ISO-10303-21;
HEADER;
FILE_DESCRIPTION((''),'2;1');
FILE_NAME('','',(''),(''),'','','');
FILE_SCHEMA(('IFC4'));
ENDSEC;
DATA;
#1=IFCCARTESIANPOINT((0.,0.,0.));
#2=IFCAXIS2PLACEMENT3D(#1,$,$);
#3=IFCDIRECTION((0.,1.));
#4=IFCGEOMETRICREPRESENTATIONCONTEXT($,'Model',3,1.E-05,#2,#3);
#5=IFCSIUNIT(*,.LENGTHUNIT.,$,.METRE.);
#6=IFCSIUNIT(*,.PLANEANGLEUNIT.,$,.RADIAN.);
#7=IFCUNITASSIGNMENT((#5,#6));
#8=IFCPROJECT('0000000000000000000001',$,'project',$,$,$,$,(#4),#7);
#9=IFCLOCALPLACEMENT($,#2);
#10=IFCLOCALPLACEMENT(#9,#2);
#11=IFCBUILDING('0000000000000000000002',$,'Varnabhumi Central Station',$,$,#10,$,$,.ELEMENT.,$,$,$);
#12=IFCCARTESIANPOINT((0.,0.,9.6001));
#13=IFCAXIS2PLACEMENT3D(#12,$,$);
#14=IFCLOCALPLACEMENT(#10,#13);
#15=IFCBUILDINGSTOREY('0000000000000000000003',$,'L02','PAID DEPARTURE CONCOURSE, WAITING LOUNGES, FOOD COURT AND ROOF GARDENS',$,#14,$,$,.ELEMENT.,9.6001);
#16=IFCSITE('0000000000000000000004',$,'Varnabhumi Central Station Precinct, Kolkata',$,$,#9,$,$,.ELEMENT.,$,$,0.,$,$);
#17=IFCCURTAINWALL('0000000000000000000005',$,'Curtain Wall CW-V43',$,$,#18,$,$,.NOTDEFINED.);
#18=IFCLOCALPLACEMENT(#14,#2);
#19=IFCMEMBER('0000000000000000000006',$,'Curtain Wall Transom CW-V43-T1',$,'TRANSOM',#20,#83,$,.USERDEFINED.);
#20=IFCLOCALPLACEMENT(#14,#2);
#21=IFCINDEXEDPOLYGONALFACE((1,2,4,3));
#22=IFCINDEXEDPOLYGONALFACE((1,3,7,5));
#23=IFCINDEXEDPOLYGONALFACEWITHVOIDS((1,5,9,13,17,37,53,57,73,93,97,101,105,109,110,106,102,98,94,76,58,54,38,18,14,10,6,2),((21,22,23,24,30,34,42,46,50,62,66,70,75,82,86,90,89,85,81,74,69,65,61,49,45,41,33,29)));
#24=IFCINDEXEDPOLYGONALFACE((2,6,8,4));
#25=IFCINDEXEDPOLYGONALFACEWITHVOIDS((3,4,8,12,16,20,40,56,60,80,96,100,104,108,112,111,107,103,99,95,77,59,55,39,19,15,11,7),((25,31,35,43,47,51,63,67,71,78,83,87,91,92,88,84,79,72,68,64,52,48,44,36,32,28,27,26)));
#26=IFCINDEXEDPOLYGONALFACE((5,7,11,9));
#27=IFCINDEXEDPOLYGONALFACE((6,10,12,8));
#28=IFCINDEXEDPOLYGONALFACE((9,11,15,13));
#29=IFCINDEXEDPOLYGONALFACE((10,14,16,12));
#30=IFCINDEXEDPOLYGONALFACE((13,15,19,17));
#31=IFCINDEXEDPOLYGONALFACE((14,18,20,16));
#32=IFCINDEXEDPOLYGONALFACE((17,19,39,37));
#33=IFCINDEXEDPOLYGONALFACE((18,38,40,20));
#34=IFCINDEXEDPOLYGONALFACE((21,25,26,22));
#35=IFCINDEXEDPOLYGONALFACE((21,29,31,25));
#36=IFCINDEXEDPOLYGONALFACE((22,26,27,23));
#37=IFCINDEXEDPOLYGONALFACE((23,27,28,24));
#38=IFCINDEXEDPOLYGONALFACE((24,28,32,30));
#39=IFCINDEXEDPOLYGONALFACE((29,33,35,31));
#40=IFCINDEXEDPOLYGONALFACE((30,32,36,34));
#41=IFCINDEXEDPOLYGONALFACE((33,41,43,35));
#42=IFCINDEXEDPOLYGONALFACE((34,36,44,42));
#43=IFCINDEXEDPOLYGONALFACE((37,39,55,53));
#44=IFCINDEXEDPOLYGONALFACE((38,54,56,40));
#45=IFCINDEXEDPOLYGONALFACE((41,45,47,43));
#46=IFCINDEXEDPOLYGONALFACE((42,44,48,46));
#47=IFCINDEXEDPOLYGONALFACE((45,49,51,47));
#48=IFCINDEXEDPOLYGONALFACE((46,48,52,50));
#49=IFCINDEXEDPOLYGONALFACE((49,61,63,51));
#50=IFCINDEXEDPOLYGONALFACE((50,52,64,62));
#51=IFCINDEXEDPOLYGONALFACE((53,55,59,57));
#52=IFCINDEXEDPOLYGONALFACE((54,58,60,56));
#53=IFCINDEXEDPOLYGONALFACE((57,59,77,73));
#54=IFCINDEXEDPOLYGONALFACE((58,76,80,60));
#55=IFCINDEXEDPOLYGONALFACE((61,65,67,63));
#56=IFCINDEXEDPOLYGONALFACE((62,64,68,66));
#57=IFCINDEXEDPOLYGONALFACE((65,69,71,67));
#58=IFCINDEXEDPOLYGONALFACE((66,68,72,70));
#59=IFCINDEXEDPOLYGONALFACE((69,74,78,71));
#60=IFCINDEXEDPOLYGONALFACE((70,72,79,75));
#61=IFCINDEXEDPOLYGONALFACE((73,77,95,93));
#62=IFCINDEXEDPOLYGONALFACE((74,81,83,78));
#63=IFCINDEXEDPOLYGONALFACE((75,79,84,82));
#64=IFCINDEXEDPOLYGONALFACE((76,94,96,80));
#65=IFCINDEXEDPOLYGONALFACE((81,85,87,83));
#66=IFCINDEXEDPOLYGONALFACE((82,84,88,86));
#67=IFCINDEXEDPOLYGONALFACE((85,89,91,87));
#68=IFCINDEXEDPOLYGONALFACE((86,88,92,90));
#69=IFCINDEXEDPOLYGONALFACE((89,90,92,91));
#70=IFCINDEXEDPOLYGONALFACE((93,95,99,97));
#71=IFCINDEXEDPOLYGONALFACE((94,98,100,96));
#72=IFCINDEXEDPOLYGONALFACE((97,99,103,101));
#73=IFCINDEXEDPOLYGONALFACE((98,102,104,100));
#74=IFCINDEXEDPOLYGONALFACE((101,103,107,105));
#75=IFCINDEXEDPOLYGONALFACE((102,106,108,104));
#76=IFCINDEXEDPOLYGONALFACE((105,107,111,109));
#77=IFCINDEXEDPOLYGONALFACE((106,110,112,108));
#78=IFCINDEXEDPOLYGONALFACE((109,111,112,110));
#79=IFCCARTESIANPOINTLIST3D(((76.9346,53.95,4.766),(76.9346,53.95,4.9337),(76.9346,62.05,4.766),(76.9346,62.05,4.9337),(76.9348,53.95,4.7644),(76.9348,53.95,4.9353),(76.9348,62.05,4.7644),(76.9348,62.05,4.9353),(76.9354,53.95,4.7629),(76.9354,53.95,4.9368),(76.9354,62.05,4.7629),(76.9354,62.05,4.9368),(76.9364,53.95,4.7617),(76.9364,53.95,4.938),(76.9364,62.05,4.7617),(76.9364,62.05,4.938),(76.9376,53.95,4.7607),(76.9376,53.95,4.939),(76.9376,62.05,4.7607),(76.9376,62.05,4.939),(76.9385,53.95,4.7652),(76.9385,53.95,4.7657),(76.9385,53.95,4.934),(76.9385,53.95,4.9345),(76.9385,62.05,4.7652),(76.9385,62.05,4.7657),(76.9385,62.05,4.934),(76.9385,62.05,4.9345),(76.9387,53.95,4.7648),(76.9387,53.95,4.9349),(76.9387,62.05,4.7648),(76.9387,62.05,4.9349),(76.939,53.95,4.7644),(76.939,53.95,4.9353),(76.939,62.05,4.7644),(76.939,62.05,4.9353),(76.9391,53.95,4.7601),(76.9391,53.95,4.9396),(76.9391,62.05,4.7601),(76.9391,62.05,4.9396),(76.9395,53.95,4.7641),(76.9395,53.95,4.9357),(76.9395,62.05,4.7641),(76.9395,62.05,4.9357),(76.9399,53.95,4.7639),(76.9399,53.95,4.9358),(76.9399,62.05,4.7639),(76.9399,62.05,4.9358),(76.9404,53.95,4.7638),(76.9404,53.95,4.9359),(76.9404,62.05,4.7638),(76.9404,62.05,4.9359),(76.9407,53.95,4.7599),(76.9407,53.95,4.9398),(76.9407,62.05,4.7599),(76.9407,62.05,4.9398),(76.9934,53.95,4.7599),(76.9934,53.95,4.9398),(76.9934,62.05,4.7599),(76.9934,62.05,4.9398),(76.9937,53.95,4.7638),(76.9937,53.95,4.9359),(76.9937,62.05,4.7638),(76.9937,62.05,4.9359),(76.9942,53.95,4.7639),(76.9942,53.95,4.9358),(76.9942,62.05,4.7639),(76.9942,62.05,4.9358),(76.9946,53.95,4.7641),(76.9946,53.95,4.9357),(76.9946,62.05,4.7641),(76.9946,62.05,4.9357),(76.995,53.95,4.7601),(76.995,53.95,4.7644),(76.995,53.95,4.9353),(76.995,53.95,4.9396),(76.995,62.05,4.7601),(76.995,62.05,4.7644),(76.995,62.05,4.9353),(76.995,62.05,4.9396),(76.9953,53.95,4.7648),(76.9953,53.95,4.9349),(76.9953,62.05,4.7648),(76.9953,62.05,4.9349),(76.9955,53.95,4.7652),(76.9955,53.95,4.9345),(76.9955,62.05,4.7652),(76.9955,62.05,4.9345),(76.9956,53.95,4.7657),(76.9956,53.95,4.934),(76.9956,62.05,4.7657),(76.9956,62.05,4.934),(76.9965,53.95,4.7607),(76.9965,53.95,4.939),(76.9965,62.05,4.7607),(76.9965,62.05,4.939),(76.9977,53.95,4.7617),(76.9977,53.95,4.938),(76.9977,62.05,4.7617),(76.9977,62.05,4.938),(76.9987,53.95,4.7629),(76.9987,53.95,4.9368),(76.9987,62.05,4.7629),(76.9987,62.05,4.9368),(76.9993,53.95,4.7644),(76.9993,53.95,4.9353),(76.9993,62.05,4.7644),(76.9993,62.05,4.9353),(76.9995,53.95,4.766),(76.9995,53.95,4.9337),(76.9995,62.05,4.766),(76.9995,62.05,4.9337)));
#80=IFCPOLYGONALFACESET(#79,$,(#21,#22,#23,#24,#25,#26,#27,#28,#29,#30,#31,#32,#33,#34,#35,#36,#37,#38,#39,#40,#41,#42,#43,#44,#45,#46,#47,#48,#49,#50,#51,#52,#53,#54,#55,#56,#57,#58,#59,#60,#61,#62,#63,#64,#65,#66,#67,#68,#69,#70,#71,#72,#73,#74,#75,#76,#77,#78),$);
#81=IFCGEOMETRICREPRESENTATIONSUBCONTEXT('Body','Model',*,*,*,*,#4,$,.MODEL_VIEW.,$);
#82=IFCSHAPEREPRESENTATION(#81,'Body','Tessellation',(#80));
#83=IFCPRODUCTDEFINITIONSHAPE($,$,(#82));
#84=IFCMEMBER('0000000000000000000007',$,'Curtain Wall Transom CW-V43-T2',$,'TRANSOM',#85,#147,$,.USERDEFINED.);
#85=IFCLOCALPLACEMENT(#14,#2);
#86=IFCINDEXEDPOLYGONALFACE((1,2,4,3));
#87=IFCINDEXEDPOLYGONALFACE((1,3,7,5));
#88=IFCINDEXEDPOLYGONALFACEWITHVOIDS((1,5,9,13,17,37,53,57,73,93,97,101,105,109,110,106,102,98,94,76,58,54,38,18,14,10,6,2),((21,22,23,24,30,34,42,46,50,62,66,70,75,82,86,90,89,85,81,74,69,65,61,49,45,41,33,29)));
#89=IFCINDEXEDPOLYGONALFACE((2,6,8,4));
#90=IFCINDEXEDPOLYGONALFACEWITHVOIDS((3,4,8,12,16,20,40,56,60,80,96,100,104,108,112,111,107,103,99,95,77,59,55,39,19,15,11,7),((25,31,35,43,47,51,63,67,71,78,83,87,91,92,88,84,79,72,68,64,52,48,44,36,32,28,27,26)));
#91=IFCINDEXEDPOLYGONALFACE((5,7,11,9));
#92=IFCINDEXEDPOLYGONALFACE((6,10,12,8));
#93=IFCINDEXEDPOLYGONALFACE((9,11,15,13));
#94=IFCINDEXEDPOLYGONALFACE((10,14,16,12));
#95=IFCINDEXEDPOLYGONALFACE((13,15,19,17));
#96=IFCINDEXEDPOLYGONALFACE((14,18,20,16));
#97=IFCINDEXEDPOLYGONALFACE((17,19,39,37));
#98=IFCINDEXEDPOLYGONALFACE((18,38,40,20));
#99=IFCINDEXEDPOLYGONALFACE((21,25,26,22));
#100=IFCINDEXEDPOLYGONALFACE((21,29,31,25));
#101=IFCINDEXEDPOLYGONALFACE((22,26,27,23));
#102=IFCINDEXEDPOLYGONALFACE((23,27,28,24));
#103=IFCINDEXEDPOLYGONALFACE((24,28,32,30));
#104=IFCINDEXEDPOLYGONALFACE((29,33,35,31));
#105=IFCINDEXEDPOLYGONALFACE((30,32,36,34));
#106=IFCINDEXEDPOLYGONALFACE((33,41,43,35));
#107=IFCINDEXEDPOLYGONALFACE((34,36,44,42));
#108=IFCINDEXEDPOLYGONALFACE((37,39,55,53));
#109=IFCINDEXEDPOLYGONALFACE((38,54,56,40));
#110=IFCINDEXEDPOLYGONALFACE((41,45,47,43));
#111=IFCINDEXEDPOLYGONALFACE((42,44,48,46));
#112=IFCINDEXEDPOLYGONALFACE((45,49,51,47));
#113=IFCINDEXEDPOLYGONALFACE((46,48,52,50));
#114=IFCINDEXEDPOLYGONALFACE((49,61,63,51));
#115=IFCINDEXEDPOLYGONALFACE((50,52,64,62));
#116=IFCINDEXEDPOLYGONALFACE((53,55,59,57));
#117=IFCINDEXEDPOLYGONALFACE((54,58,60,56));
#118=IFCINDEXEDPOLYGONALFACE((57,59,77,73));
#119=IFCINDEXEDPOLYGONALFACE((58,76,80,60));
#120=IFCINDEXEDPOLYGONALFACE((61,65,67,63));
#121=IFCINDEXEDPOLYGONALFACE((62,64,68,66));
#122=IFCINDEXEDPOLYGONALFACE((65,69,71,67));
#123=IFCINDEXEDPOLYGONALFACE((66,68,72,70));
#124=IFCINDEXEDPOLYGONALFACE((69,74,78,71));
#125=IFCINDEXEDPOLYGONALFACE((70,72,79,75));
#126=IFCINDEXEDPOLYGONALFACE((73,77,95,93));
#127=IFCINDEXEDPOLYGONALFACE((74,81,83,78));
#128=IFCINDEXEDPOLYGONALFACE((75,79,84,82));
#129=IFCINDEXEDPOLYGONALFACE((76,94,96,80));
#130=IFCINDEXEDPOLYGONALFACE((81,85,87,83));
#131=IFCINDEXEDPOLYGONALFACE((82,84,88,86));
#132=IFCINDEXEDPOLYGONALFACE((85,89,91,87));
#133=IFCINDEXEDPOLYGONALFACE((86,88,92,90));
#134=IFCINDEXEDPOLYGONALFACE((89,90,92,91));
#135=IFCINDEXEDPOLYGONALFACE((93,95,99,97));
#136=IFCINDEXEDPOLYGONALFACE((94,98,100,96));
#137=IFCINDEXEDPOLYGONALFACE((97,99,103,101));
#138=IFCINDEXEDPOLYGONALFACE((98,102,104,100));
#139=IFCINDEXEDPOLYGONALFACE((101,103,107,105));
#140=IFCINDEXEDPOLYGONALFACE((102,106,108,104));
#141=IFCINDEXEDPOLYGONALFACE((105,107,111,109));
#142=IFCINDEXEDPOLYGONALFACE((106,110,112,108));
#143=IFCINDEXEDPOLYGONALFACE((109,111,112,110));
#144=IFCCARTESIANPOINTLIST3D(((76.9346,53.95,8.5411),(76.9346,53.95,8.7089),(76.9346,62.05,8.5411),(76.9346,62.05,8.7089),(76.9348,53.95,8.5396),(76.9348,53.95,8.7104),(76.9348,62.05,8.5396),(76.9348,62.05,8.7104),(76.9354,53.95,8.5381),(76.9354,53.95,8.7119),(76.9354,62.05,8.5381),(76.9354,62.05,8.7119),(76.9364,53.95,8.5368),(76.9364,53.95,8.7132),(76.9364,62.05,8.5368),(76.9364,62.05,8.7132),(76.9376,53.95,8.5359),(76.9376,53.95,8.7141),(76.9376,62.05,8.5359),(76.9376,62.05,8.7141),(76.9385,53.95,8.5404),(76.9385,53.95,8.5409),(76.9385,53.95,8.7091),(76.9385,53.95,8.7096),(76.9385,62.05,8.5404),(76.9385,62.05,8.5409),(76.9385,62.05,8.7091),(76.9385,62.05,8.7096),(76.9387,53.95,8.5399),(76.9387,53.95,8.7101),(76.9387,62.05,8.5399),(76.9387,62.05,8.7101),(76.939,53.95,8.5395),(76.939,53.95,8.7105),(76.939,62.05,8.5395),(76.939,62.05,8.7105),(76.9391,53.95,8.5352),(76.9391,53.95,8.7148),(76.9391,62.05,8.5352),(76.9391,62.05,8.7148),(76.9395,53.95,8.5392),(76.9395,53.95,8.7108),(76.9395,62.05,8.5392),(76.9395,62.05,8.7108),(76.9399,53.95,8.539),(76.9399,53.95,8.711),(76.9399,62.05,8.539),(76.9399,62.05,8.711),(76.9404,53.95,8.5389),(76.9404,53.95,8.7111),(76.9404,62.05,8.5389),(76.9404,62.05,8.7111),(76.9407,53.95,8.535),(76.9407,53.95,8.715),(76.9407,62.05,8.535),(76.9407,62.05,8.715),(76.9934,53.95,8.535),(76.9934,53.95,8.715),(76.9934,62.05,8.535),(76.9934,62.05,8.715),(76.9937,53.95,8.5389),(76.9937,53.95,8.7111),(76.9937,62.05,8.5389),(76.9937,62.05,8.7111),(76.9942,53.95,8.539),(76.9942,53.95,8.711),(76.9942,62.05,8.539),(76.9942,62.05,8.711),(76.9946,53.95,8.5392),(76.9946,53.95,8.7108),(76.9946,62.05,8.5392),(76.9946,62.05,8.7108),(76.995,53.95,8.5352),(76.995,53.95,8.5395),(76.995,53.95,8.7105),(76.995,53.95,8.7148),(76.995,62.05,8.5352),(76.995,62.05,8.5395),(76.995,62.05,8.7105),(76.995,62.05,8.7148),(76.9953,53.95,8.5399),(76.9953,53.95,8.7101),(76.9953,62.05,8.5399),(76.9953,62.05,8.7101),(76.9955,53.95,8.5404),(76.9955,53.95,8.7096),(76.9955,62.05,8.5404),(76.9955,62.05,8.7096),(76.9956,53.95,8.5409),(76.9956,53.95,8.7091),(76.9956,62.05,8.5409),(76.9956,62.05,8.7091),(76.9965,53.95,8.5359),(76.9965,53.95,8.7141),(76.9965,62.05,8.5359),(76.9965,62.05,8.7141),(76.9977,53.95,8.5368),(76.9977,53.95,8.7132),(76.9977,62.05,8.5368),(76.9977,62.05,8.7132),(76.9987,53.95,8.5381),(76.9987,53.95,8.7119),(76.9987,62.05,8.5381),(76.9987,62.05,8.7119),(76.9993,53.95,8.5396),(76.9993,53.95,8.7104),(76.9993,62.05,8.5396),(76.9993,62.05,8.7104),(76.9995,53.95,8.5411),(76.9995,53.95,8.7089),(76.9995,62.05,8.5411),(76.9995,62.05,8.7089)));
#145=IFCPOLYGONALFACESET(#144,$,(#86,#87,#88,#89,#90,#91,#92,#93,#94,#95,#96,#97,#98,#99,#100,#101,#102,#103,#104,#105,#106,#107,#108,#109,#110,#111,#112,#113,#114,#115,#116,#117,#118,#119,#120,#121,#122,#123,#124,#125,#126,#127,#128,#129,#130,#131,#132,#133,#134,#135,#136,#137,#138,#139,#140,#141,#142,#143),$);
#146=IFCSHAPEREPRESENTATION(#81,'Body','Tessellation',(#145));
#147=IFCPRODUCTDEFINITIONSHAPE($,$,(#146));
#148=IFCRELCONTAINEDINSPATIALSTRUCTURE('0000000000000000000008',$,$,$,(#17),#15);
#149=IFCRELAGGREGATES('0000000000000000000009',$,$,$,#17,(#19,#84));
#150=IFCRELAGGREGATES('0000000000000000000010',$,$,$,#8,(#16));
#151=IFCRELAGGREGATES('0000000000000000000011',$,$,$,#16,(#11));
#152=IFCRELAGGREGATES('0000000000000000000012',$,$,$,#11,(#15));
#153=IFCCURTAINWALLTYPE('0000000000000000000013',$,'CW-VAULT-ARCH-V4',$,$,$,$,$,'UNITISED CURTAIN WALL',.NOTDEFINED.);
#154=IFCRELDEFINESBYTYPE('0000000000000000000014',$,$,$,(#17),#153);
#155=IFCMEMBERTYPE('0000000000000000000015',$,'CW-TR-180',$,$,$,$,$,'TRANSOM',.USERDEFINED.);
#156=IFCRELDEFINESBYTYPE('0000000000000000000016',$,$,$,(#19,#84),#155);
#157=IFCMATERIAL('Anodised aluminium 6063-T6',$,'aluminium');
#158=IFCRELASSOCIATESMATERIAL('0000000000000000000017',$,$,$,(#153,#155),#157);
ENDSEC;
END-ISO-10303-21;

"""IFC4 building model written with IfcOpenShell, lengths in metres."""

from ifc_helpers import new_model, si_unit, direction, frame, origin, origin_2d, place, context, subcontext, project, spatial, hollow_rectangle, extrude, material, material_profile, profile_set, type_object, element, aggregate, save


model = new_model("IFC4")

# Units and contexts
model_context = context("Model", 3, precision=1e-05, world=origin(), true_north=direction((0.0, 1.0)))
body_context = subcontext(model_context, "Body", "Model", "MODEL_VIEW")
ifc_project = project(units=[si_unit("LENGTHUNIT", "METRE"), si_unit("PLANEANGLEUNIT", "RADIAN")], contexts=[model_context])

# Site, building, storey
site_placement = place(None, origin())
site = spatial("IfcSite", under=ifc_project, at=site_placement, Name="Varnabhumi Central Station Precinct, Kolkata", CompositionType="ELEMENT", RefElevation=0.0)
building_placement = place(site_placement, origin())
building = spatial("IfcBuilding", under=site, at=building_placement, Name="Varnabhumi Central Station", CompositionType="ELEMENT")
storey_placement = place(building_placement, frame((0.0, 0.0, 9.6001)))
storey = spatial("IfcBuildingStorey", under=building, at=storey_placement, Name="L02", Description="PAID DEPARTURE CONCOURSE, WAITING LOUNGES, FOOD COURT AND ROOF GARDENS", CompositionType="ELEMENT", Elevation=9.6001)

# Curtain wall, members
ifc_material_1 = material(Name="Anodised aluminium 6063-T6", Category="aluminium")
curtain_wall_type = type_object("IfcCurtainWallType", Name="CW-VAULT-ARCH-V4", ElementType="UNITISED CURTAIN WALL", PredefinedType="NOTDEFINED", material=ifc_material_1)
curtain_wall_1_placement = place(storey_placement, origin())
curtain_wall_1 = element("IfcCurtainWall", 1, at=curtain_wall_1_placement, inside=storey, type_object=curtain_wall_type, Name="Curtain Wall CW-V43", PredefinedType="NOTDEFINED")
ifc_material_profile_1 = material_profile(ifc_material_1, hollow_rectangle(XDim=0.0649, YDim=0.1799, WallThickness=0.0039, InnerFilletRadius=0.002, OuterFilletRadius=0.0061, at=origin_2d()), Name="Anodised aluminium 6063-T6", Category="aluminium")
ifc_profile_set_1 = profile_set([ifc_material_profile_1], Name="Anodised aluminium 6063-T6")
member_type_1 = type_object("IfcMemberType", Name="CW-TR-180", ElementType="TRANSOM", PredefinedType="USERDEFINED", material=ifc_profile_set_1)
member_1_placement = place(storey_placement, frame((76.967, 53.95, 4.8499), z_axis=(0.0, 1.0, 0.0), x_axis=(-1.0, 0.0, 0.0)))
member_1 = element("IfcMember", 2, at=member_1_placement, type_object=member_type_1, Name="Curtain Wall Transom CW-V43-T1", ObjectType="TRANSOM", PredefinedType="USERDEFINED", context=body_context, shape_type="SweptSolid", body=[
    extrude(hollow_rectangle(XDim=0.0649, YDim=0.1799, WallThickness=0.0039, InnerFilletRadius=0.002, OuterFilletRadius=0.0061, at=origin_2d()), origin(), (0.0, 0.0, 1.0), 8.1001),
])
member_2_placement = place(storey_placement, frame((76.967, 53.95, 8.625), z_axis=(0.0, 1.0, 0.0), x_axis=(-1.0, 0.0, 0.0)))
member_2 = element("IfcMember", 3, at=member_2_placement, type_object=member_type_1, Name="Curtain Wall Transom CW-V43-T2", ObjectType="TRANSOM", PredefinedType="USERDEFINED", context=body_context, shape_type="SweptSolid", body=[
    extrude(hollow_rectangle(XDim=0.0649, YDim=0.1799, WallThickness=0.0039, InnerFilletRadius=0.002, OuterFilletRadius=0.0061, at=origin_2d()), origin(), (0.0, 0.0, 1.0), 8.1001),
])

aggregate(curtain_wall_1, [member_1, member_2])

save(model, "model.ifc")
